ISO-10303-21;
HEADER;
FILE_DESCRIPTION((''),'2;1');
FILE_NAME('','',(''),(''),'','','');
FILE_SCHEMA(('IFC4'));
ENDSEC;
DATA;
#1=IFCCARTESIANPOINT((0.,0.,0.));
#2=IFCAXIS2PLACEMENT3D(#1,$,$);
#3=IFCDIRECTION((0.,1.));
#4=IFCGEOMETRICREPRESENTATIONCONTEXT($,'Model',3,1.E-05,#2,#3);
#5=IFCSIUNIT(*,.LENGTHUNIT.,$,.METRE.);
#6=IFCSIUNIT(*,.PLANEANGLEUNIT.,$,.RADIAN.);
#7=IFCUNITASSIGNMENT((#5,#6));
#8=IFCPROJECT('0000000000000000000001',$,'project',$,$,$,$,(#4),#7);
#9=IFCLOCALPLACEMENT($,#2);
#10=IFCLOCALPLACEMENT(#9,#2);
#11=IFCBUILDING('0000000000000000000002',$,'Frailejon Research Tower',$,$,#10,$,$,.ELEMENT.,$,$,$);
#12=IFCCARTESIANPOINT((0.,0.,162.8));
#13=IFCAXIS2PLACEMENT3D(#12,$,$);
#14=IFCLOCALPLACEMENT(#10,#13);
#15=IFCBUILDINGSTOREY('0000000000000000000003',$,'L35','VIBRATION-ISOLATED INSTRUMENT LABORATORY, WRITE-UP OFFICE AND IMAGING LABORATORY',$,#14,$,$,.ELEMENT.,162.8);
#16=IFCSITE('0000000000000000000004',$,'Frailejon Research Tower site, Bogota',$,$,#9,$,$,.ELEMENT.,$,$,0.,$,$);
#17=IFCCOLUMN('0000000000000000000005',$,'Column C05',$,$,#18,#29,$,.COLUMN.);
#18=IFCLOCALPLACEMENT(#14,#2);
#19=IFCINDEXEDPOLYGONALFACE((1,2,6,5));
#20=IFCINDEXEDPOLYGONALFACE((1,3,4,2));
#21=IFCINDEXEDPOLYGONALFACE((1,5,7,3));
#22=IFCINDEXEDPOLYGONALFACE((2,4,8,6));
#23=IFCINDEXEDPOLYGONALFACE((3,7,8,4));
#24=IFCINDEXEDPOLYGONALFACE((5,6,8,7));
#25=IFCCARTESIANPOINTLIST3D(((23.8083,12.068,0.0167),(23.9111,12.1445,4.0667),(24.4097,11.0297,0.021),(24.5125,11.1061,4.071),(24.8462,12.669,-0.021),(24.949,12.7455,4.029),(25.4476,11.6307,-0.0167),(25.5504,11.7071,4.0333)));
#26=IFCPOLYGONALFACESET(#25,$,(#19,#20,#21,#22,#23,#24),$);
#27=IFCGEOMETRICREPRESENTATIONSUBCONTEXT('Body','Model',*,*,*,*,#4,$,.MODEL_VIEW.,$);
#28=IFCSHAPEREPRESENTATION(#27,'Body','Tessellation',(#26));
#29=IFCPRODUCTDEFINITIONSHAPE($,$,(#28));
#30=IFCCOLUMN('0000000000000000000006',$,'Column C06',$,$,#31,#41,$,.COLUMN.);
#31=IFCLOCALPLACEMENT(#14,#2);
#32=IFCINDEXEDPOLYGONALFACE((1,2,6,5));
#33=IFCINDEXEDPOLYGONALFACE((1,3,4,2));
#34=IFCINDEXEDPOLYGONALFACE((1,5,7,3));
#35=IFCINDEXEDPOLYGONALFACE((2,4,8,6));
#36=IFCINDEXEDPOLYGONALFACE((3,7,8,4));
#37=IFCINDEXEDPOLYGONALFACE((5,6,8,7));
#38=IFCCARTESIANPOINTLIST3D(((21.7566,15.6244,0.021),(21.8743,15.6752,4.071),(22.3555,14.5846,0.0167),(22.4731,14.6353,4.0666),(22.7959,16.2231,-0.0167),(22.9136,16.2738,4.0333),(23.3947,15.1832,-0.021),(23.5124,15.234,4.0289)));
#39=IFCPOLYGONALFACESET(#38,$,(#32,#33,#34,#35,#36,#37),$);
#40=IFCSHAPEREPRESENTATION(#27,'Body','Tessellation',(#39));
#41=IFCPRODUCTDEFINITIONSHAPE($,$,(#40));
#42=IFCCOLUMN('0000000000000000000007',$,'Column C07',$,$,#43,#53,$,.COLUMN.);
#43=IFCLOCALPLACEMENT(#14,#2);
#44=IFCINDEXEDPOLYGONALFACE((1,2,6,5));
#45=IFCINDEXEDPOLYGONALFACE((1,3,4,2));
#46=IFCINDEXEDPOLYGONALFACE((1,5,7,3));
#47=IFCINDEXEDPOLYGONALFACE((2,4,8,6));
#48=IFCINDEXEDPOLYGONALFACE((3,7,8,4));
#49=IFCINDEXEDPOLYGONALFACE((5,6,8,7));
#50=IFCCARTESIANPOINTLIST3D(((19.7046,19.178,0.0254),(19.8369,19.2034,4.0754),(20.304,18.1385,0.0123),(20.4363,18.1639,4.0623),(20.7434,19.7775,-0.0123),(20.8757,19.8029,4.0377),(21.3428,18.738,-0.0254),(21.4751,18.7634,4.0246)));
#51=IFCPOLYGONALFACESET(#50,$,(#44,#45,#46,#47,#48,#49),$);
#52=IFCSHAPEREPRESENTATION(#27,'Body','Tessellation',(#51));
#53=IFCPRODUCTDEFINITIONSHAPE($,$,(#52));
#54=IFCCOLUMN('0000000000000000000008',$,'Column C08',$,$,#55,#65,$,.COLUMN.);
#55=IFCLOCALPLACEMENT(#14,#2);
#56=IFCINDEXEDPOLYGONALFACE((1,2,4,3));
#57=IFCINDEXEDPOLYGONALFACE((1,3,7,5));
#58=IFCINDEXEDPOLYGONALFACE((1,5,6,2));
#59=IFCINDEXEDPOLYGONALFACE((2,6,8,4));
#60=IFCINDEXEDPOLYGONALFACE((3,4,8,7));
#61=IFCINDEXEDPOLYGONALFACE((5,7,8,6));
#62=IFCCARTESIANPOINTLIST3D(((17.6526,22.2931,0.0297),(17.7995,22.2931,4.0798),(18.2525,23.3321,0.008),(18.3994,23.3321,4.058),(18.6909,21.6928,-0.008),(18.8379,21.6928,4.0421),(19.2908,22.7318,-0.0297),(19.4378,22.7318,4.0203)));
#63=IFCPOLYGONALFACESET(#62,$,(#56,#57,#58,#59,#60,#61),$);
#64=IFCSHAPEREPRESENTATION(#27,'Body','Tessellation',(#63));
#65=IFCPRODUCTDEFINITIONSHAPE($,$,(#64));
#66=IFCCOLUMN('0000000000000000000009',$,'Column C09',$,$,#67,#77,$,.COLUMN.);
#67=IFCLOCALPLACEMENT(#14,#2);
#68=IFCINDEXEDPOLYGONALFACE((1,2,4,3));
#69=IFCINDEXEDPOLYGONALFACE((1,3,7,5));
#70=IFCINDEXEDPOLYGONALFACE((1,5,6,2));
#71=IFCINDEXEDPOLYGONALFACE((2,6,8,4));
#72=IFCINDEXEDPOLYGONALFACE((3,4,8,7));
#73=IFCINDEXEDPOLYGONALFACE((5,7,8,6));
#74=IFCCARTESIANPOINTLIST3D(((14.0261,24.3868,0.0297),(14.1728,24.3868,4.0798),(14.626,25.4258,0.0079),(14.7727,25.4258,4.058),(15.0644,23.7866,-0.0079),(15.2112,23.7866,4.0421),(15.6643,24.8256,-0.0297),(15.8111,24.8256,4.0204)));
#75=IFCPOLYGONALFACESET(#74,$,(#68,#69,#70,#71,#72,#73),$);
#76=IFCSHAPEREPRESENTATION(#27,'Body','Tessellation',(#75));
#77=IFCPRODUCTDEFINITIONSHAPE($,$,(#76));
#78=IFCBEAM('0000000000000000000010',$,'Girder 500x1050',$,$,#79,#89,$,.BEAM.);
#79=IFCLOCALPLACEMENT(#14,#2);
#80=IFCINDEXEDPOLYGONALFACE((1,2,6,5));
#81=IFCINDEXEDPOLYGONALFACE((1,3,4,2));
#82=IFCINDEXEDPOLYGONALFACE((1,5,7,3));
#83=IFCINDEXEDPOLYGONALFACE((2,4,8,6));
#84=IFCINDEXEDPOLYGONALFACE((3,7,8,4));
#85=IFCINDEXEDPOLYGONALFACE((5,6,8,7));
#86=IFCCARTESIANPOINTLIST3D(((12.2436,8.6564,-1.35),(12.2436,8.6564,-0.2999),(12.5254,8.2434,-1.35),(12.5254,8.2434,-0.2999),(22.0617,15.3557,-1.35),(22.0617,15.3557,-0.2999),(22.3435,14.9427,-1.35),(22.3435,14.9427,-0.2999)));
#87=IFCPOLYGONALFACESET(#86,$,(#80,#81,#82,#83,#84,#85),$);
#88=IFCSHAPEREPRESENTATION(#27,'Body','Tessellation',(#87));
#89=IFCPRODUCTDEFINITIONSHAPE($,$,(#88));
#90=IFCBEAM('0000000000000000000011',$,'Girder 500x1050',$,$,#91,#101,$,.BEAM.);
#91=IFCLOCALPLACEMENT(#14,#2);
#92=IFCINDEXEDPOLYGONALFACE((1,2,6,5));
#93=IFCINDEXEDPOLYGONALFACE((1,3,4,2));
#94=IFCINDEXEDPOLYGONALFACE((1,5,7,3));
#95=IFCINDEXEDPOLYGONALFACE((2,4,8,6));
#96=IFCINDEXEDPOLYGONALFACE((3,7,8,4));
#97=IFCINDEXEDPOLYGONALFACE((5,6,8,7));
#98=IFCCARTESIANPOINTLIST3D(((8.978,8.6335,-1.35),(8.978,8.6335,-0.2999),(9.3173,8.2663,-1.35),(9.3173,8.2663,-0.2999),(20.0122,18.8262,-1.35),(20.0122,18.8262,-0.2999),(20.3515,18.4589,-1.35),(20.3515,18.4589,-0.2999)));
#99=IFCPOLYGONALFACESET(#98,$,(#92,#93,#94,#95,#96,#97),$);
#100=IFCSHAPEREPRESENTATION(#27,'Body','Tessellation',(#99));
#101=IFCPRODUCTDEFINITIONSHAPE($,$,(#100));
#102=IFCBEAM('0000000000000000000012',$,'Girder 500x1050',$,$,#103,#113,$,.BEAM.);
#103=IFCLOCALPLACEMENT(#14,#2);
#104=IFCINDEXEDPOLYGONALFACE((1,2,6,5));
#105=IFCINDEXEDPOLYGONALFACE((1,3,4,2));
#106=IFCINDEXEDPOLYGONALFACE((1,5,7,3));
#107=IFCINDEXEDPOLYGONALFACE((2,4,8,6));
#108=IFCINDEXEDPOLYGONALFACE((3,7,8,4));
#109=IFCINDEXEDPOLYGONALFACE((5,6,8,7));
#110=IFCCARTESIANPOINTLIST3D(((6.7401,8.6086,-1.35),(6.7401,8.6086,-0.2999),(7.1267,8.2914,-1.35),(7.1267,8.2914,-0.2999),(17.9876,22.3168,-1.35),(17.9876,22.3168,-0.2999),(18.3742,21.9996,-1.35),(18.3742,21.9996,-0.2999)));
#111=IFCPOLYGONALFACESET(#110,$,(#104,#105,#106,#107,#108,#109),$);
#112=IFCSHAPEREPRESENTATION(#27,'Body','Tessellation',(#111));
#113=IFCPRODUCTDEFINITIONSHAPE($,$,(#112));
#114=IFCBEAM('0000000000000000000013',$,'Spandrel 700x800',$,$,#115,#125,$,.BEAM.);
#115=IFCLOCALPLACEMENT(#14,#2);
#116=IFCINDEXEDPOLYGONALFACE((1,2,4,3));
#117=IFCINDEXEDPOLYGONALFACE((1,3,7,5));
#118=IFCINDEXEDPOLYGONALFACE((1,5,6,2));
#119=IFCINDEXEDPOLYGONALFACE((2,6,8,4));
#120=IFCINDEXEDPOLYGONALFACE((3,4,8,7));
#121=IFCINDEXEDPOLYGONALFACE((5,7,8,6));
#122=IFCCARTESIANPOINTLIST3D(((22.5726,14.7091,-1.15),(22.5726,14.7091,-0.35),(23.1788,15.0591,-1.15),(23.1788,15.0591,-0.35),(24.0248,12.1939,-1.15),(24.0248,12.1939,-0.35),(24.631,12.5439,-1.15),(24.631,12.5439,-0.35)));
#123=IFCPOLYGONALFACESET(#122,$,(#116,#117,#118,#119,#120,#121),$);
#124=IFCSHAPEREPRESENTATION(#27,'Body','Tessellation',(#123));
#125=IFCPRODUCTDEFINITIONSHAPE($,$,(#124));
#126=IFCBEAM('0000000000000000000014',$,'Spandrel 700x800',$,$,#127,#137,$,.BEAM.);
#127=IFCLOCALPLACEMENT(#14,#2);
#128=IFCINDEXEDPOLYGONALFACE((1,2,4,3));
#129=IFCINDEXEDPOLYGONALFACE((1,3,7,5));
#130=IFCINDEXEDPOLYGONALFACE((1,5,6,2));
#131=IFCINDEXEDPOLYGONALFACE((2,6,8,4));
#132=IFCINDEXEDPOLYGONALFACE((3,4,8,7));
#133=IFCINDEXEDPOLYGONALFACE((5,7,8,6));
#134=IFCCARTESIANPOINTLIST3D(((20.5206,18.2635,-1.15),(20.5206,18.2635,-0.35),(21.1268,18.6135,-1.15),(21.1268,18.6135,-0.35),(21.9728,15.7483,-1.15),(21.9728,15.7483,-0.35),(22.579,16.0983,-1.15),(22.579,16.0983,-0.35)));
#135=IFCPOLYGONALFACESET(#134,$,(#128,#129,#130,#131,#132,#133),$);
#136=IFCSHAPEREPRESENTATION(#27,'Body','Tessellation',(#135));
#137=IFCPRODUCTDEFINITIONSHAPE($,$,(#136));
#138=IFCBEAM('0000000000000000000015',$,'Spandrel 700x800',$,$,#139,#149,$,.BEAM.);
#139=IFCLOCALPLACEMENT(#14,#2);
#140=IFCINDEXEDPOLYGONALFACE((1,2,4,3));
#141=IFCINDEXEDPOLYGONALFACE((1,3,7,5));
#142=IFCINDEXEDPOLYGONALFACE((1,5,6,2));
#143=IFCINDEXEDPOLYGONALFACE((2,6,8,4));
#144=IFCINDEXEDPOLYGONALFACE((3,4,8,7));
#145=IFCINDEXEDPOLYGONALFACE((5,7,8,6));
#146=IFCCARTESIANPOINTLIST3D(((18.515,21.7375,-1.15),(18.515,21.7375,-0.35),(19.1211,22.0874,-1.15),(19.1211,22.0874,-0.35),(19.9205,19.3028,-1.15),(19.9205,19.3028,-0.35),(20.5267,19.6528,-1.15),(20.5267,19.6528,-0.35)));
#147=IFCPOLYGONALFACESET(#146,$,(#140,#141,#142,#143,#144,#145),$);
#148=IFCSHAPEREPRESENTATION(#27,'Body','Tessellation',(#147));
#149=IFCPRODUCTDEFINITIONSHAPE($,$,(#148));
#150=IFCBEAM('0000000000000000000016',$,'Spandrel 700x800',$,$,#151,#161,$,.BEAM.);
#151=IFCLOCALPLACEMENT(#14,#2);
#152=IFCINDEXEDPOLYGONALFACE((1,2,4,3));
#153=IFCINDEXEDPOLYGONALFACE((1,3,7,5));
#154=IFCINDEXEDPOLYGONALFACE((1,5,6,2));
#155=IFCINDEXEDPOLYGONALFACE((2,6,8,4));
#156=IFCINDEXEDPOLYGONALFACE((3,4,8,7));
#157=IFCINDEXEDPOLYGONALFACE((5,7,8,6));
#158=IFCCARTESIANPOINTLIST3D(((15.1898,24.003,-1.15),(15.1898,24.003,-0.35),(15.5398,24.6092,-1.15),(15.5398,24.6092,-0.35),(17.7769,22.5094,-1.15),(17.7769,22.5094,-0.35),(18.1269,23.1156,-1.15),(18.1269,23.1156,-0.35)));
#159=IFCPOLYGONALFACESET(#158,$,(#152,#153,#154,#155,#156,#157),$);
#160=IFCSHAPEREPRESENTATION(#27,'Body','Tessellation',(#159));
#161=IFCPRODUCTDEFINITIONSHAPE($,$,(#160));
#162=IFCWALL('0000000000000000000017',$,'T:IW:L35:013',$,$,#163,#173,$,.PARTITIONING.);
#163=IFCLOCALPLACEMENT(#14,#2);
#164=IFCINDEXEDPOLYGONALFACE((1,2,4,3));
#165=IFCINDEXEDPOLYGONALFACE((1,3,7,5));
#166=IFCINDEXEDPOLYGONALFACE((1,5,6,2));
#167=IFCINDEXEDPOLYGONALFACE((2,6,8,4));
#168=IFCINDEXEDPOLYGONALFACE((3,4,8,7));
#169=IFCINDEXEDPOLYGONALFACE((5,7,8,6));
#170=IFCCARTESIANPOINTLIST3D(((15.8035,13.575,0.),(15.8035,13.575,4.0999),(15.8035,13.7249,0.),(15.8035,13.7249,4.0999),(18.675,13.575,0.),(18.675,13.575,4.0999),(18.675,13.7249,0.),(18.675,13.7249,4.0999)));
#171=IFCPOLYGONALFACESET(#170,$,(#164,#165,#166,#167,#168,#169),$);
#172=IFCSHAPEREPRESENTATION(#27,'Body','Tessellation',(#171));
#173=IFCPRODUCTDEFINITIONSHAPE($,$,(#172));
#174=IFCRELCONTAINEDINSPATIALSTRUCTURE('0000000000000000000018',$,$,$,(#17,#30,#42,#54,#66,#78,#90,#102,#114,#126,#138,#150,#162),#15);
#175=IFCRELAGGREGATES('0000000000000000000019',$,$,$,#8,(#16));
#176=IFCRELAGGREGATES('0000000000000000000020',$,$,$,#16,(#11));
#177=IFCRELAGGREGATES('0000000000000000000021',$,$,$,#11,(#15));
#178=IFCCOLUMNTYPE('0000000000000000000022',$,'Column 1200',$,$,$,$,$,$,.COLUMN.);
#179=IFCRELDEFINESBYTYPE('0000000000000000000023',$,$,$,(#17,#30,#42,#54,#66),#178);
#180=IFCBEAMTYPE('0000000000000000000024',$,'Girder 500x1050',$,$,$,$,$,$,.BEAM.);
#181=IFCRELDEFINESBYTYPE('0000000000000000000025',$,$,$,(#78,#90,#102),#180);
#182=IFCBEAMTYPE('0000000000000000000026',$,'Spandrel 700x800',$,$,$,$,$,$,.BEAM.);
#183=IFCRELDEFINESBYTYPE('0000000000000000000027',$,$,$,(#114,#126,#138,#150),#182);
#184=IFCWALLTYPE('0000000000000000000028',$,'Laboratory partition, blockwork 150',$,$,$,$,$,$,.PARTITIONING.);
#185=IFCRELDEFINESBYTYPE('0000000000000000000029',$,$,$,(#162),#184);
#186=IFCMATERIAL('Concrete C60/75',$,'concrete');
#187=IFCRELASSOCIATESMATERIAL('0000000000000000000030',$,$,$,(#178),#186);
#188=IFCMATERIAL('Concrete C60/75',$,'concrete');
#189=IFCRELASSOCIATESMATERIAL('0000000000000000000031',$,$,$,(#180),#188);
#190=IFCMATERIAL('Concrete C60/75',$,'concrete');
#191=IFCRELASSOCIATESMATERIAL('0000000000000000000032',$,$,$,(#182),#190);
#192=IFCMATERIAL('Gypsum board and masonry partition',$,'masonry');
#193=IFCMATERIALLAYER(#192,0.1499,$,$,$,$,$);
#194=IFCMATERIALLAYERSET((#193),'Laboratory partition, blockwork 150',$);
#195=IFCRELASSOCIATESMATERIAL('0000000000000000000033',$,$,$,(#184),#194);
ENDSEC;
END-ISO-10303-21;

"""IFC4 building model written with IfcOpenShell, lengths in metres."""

from ifc_helpers import new_model, si_unit, direction, frame, frame_2d, origin, origin_2d, place, context, subcontext, project, spatial, rectangle, extrude, material, layer, layer_set, material_profile, profile_set, type_object, element, save


model = new_model("IFC4")

# Units and contexts
model_context = context("Model", 3, precision=1e-05, world=origin(), true_north=direction((0.0, 1.0)))
body_context = subcontext(model_context, "Body", "Model", "MODEL_VIEW")
ifc_project = project(units=[si_unit("LENGTHUNIT", "METRE"), si_unit("PLANEANGLEUNIT", "RADIAN")], contexts=[model_context])

# Site, building, storey
site_placement = place(None, origin())
site = spatial("IfcSite", under=ifc_project, at=site_placement, Name="Frailejon Research Tower site, Bogota", CompositionType="ELEMENT", RefElevation=0.0)
building_placement = place(site_placement, origin())
building = spatial("IfcBuilding", under=site, at=building_placement, Name="Frailejon Research Tower", CompositionType="ELEMENT")
storey_placement = place(building_placement, frame((0.0, 0.0, 162.8)))
storey = spatial("IfcBuildingStorey", under=building, at=storey_placement, Name="L35", Description="VIBRATION-ISOLATED INSTRUMENT LABORATORY, WRITE-UP OFFICE AND IMAGING LABORATORY", CompositionType="ELEMENT", Elevation=162.8)

# Columns
ifc_material_1 = material(Name="Concrete C60/75", Category="concrete")
ifc_material_profile_1 = material_profile(ifc_material_1, rectangle(XDim=1.2, YDim=1.2, at=origin_2d()), Name="Column 1200")
ifc_profile_set_1 = profile_set([ifc_material_profile_1], Name="Concrete C60/75")
column_type = type_object("IfcColumnType", Name="Column 1200", PredefinedType="COLUMN", material=ifc_profile_set_1)
for number, where, z_axis, x_axis, name in (
    (1, (24.6279, 11.8494, 0.0), (0.025366, 0.018858, 0.9995), (-0.501191, 0.865329, -0.003608), "Column C05"),
    (2, (22.5757, 15.4038, 0.0), (0.029041, 0.012532, 0.9995), (-0.499042, 0.86657, 0.003634), "Column C06"),
):
    element("IfcColumn", number, at=place(storey_placement, frame(where, z_axis=z_axis, x_axis=x_axis)), inside=storey, type_object=column_type, Name=name, PredefinedType="COLUMN", context=body_context, shape_type="SweptSolid", body=[
        extrude(rectangle(XDim=1.2, YDim=1.2, at=origin_2d()), origin(), (0.0, 0.0, 1.0), 4.052),
    ])
column_placement = place(storey_placement, frame((20.5237, 18.958, 0.0), z_axis=(0.032654, 0.006266, 0.999447), x_axis=(-0.49952, 0.866234, 0.01089)))
element("IfcColumn", 3, at=column_placement, inside=storey, type_object=column_type, Name="Column C07", PredefinedType="COLUMN", context=body_context, shape_type="SweptSolid", body=[
    extrude(rectangle(XDim=1.2, YDim=1.2, at=origin_2d()), origin(), (0.0, 0.0, 1.0), 4.0522),
])
for number, where, z_axis, x_axis, name in (
    (4, (18.4717, 22.5125, 0.0), (0.036265, 0.0, 0.999342), (-0.865314, 0.500246, 0.031401), "Column C08"),
    (5, (14.8452, 24.6062, 0.0), (0.036205, 0.0, 0.999344), (-0.865315, 0.500246, 0.031349), "Column C09"),
):
    element("IfcColumn", number, at=place(storey_placement, frame(where, z_axis=z_axis, x_axis=x_axis)), inside=storey, type_object=column_type, Name=name, PredefinedType="COLUMN", context=body_context, shape_type="SweptSolid", body=[
        extrude(rectangle(XDim=1.2, YDim=1.2, at=origin_2d()), origin(), (0.0, 0.0, 1.0), 4.0527),
    ])

# Beams
ifc_material_2 = material(Name="Concrete C60/75", Category="concrete")
ifc_material_profile_2 = material_profile(ifc_material_2, rectangle(XDim=0.5, YDim=1.05, at=origin_2d()), Name="Girder 500x1050")
ifc_profile_set_2 = profile_set([ifc_material_profile_2], Name="Concrete C60/75")
beam_type_1 = type_object("IfcBeamType", Name="Girder 500x1050", PredefinedType="BEAM", material=ifc_profile_set_2)
beam_1_placement = place(storey_placement, frame((22.2026, 15.1492, -0.825), z_axis=(-0.82603, -0.563627, 0.0), x_axis=(0.563627, -0.82603, 0.0)))
element("IfcBeam", 6, at=beam_1_placement, inside=storey, type_object=beam_type_1, Name="Girder 500x1050", PredefinedType="BEAM", context=body_context, shape_type="SweptSolid", body=[
    extrude(rectangle(XDim=0.5, YDim=1.05, at=origin_2d()), origin(), (0.0, 0.0, 1.0), 11.886),
])
beam_2_placement = place(storey_placement, frame((20.1819, 18.6426, -0.825), z_axis=(-0.734564, -0.67854, 0.0), x_axis=(0.67854, -0.734564, 0.0)))
element("IfcBeam", 7, at=beam_2_placement, inside=storey, type_object=beam_type_1, Name="Girder 500x1050", PredefinedType="BEAM", context=body_context, shape_type="SweptSolid", body=[
    extrude(rectangle(XDim=0.5, YDim=1.05, at=origin_2d()), origin(), (0.0, 0.0, 1.0), 15.0215),
])
beam_3_placement = place(storey_placement, frame((18.1809, 22.1582, -0.825), z_axis=(-0.634309, -0.77308, 0.0), x_axis=(0.77308, -0.634309, 0.0)))
element("IfcBeam", 8, at=beam_3_placement, inside=storey, type_object=beam_type_1, Name="Girder 500x1050", PredefinedType="BEAM", context=body_context, shape_type="SweptSolid", body=[
    extrude(rectangle(XDim=0.5, YDim=1.05, at=origin_2d()), origin(), (0.0, 0.0, 1.0), 17.7319),
])
ifc_material_3 = material(Name="Concrete C60/75", Category="concrete")
ifc_material_profile_3 = material_profile(ifc_material_3, rectangle(XDim=0.7, YDim=0.8, at=origin_2d()), Name="Spandrel 700x800")
ifc_profile_set_3 = profile_set([ifc_material_profile_3], Name="Concrete C60/75")
beam_type_2 = type_object("IfcBeamType", Name="Spandrel 700x800", PredefinedType="BEAM", material=ifc_profile_set_3)
for number, where, z_axis, x_axis, name in (
    (9, (24.3279, 12.3689, -0.75), (-0.500009, 0.86602, 0.0), (-0.86602, -0.500009, 0.0), "Spandrel 700x800"),
    (10, (22.2759, 15.9233, -0.75), (-0.500009, 0.86602, 0.0), (-0.86602, -0.500009, 0.0), "Spandrel 700x800"),
):
    element("IfcBeam", number, at=place(storey_placement, frame(where, z_axis=z_axis, x_axis=x_axis)), inside=storey, type_object=beam_type_2, Name=name, PredefinedType="BEAM", context=body_context, shape_type="SweptSolid", body=[
        extrude(rectangle(XDim=0.7, YDim=0.8, at=origin_2d()), origin(), (0.0, 0.0, 1.0), 2.9043),
    ])
beam_4_placement = place(storey_placement, frame((20.2236, 19.4778, -0.75), z_axis=(-0.499978, 0.866038, 0.0), x_axis=(-0.866038, -0.499978, 0.0)))
element("IfcBeam", 11, at=beam_4_placement, inside=storey, type_object=beam_type_2, Name="Spandrel 700x800", PredefinedType="BEAM", context=body_context, shape_type="SweptSolid", body=[
    extrude(rectangle(XDim=0.7, YDim=0.8, at=origin_2d()), origin(), (0.0, 0.0, 1.0), 2.8113),
])
beam_5_placement = place(storey_placement, frame((17.9519, 22.8125, -0.75), z_axis=(-0.866032, 0.499989, 0.0), x_axis=(-0.499989, -0.866032, 0.0)))
element("IfcBeam", 12, at=beam_5_placement, inside=storey, type_object=beam_type_2, Name="Spandrel 700x800", PredefinedType="BEAM", context=body_context, shape_type="SweptSolid", body=[
    extrude(rectangle(XDim=0.7, YDim=0.8, at=origin_2d()), origin(), (0.0, 0.0, 1.0), 2.9873),
])

# Wall
ifc_material_4 = material(Name="Gypsum board and masonry partition", Category="masonry")
ifc_layer_1 = layer(ifc_material_4, 0.1499)
ifc_layer_set_1 = layer_set([ifc_layer_1], Name="Laboratory partition, blockwork 150")
wall_type_1 = type_object("IfcWallType", Name="Laboratory partition, blockwork 150", PredefinedType="PARTITIONING", material=ifc_layer_set_1)
wall_1_placement = place(storey_placement, frame((15.8035, 13.6499, 0.0), z_axis=(0.0, 0.0, 1.0), x_axis=(1.0, 0.0, 0.0)))
element("IfcWall", 13, at=wall_1_placement, inside=storey, type_object=wall_type_1, Name="T:IW:L35:013", PredefinedType="PARTITIONING", context=body_context, shape_type="SweptSolid", body=[
    extrude(rectangle(XDim=2.8716, YDim=0.1499, at=frame_2d((1.4358, 0.0))), origin(), (0.0, 0.0, 1.0), 4.0999),
])

save(model, "model.ifc")
